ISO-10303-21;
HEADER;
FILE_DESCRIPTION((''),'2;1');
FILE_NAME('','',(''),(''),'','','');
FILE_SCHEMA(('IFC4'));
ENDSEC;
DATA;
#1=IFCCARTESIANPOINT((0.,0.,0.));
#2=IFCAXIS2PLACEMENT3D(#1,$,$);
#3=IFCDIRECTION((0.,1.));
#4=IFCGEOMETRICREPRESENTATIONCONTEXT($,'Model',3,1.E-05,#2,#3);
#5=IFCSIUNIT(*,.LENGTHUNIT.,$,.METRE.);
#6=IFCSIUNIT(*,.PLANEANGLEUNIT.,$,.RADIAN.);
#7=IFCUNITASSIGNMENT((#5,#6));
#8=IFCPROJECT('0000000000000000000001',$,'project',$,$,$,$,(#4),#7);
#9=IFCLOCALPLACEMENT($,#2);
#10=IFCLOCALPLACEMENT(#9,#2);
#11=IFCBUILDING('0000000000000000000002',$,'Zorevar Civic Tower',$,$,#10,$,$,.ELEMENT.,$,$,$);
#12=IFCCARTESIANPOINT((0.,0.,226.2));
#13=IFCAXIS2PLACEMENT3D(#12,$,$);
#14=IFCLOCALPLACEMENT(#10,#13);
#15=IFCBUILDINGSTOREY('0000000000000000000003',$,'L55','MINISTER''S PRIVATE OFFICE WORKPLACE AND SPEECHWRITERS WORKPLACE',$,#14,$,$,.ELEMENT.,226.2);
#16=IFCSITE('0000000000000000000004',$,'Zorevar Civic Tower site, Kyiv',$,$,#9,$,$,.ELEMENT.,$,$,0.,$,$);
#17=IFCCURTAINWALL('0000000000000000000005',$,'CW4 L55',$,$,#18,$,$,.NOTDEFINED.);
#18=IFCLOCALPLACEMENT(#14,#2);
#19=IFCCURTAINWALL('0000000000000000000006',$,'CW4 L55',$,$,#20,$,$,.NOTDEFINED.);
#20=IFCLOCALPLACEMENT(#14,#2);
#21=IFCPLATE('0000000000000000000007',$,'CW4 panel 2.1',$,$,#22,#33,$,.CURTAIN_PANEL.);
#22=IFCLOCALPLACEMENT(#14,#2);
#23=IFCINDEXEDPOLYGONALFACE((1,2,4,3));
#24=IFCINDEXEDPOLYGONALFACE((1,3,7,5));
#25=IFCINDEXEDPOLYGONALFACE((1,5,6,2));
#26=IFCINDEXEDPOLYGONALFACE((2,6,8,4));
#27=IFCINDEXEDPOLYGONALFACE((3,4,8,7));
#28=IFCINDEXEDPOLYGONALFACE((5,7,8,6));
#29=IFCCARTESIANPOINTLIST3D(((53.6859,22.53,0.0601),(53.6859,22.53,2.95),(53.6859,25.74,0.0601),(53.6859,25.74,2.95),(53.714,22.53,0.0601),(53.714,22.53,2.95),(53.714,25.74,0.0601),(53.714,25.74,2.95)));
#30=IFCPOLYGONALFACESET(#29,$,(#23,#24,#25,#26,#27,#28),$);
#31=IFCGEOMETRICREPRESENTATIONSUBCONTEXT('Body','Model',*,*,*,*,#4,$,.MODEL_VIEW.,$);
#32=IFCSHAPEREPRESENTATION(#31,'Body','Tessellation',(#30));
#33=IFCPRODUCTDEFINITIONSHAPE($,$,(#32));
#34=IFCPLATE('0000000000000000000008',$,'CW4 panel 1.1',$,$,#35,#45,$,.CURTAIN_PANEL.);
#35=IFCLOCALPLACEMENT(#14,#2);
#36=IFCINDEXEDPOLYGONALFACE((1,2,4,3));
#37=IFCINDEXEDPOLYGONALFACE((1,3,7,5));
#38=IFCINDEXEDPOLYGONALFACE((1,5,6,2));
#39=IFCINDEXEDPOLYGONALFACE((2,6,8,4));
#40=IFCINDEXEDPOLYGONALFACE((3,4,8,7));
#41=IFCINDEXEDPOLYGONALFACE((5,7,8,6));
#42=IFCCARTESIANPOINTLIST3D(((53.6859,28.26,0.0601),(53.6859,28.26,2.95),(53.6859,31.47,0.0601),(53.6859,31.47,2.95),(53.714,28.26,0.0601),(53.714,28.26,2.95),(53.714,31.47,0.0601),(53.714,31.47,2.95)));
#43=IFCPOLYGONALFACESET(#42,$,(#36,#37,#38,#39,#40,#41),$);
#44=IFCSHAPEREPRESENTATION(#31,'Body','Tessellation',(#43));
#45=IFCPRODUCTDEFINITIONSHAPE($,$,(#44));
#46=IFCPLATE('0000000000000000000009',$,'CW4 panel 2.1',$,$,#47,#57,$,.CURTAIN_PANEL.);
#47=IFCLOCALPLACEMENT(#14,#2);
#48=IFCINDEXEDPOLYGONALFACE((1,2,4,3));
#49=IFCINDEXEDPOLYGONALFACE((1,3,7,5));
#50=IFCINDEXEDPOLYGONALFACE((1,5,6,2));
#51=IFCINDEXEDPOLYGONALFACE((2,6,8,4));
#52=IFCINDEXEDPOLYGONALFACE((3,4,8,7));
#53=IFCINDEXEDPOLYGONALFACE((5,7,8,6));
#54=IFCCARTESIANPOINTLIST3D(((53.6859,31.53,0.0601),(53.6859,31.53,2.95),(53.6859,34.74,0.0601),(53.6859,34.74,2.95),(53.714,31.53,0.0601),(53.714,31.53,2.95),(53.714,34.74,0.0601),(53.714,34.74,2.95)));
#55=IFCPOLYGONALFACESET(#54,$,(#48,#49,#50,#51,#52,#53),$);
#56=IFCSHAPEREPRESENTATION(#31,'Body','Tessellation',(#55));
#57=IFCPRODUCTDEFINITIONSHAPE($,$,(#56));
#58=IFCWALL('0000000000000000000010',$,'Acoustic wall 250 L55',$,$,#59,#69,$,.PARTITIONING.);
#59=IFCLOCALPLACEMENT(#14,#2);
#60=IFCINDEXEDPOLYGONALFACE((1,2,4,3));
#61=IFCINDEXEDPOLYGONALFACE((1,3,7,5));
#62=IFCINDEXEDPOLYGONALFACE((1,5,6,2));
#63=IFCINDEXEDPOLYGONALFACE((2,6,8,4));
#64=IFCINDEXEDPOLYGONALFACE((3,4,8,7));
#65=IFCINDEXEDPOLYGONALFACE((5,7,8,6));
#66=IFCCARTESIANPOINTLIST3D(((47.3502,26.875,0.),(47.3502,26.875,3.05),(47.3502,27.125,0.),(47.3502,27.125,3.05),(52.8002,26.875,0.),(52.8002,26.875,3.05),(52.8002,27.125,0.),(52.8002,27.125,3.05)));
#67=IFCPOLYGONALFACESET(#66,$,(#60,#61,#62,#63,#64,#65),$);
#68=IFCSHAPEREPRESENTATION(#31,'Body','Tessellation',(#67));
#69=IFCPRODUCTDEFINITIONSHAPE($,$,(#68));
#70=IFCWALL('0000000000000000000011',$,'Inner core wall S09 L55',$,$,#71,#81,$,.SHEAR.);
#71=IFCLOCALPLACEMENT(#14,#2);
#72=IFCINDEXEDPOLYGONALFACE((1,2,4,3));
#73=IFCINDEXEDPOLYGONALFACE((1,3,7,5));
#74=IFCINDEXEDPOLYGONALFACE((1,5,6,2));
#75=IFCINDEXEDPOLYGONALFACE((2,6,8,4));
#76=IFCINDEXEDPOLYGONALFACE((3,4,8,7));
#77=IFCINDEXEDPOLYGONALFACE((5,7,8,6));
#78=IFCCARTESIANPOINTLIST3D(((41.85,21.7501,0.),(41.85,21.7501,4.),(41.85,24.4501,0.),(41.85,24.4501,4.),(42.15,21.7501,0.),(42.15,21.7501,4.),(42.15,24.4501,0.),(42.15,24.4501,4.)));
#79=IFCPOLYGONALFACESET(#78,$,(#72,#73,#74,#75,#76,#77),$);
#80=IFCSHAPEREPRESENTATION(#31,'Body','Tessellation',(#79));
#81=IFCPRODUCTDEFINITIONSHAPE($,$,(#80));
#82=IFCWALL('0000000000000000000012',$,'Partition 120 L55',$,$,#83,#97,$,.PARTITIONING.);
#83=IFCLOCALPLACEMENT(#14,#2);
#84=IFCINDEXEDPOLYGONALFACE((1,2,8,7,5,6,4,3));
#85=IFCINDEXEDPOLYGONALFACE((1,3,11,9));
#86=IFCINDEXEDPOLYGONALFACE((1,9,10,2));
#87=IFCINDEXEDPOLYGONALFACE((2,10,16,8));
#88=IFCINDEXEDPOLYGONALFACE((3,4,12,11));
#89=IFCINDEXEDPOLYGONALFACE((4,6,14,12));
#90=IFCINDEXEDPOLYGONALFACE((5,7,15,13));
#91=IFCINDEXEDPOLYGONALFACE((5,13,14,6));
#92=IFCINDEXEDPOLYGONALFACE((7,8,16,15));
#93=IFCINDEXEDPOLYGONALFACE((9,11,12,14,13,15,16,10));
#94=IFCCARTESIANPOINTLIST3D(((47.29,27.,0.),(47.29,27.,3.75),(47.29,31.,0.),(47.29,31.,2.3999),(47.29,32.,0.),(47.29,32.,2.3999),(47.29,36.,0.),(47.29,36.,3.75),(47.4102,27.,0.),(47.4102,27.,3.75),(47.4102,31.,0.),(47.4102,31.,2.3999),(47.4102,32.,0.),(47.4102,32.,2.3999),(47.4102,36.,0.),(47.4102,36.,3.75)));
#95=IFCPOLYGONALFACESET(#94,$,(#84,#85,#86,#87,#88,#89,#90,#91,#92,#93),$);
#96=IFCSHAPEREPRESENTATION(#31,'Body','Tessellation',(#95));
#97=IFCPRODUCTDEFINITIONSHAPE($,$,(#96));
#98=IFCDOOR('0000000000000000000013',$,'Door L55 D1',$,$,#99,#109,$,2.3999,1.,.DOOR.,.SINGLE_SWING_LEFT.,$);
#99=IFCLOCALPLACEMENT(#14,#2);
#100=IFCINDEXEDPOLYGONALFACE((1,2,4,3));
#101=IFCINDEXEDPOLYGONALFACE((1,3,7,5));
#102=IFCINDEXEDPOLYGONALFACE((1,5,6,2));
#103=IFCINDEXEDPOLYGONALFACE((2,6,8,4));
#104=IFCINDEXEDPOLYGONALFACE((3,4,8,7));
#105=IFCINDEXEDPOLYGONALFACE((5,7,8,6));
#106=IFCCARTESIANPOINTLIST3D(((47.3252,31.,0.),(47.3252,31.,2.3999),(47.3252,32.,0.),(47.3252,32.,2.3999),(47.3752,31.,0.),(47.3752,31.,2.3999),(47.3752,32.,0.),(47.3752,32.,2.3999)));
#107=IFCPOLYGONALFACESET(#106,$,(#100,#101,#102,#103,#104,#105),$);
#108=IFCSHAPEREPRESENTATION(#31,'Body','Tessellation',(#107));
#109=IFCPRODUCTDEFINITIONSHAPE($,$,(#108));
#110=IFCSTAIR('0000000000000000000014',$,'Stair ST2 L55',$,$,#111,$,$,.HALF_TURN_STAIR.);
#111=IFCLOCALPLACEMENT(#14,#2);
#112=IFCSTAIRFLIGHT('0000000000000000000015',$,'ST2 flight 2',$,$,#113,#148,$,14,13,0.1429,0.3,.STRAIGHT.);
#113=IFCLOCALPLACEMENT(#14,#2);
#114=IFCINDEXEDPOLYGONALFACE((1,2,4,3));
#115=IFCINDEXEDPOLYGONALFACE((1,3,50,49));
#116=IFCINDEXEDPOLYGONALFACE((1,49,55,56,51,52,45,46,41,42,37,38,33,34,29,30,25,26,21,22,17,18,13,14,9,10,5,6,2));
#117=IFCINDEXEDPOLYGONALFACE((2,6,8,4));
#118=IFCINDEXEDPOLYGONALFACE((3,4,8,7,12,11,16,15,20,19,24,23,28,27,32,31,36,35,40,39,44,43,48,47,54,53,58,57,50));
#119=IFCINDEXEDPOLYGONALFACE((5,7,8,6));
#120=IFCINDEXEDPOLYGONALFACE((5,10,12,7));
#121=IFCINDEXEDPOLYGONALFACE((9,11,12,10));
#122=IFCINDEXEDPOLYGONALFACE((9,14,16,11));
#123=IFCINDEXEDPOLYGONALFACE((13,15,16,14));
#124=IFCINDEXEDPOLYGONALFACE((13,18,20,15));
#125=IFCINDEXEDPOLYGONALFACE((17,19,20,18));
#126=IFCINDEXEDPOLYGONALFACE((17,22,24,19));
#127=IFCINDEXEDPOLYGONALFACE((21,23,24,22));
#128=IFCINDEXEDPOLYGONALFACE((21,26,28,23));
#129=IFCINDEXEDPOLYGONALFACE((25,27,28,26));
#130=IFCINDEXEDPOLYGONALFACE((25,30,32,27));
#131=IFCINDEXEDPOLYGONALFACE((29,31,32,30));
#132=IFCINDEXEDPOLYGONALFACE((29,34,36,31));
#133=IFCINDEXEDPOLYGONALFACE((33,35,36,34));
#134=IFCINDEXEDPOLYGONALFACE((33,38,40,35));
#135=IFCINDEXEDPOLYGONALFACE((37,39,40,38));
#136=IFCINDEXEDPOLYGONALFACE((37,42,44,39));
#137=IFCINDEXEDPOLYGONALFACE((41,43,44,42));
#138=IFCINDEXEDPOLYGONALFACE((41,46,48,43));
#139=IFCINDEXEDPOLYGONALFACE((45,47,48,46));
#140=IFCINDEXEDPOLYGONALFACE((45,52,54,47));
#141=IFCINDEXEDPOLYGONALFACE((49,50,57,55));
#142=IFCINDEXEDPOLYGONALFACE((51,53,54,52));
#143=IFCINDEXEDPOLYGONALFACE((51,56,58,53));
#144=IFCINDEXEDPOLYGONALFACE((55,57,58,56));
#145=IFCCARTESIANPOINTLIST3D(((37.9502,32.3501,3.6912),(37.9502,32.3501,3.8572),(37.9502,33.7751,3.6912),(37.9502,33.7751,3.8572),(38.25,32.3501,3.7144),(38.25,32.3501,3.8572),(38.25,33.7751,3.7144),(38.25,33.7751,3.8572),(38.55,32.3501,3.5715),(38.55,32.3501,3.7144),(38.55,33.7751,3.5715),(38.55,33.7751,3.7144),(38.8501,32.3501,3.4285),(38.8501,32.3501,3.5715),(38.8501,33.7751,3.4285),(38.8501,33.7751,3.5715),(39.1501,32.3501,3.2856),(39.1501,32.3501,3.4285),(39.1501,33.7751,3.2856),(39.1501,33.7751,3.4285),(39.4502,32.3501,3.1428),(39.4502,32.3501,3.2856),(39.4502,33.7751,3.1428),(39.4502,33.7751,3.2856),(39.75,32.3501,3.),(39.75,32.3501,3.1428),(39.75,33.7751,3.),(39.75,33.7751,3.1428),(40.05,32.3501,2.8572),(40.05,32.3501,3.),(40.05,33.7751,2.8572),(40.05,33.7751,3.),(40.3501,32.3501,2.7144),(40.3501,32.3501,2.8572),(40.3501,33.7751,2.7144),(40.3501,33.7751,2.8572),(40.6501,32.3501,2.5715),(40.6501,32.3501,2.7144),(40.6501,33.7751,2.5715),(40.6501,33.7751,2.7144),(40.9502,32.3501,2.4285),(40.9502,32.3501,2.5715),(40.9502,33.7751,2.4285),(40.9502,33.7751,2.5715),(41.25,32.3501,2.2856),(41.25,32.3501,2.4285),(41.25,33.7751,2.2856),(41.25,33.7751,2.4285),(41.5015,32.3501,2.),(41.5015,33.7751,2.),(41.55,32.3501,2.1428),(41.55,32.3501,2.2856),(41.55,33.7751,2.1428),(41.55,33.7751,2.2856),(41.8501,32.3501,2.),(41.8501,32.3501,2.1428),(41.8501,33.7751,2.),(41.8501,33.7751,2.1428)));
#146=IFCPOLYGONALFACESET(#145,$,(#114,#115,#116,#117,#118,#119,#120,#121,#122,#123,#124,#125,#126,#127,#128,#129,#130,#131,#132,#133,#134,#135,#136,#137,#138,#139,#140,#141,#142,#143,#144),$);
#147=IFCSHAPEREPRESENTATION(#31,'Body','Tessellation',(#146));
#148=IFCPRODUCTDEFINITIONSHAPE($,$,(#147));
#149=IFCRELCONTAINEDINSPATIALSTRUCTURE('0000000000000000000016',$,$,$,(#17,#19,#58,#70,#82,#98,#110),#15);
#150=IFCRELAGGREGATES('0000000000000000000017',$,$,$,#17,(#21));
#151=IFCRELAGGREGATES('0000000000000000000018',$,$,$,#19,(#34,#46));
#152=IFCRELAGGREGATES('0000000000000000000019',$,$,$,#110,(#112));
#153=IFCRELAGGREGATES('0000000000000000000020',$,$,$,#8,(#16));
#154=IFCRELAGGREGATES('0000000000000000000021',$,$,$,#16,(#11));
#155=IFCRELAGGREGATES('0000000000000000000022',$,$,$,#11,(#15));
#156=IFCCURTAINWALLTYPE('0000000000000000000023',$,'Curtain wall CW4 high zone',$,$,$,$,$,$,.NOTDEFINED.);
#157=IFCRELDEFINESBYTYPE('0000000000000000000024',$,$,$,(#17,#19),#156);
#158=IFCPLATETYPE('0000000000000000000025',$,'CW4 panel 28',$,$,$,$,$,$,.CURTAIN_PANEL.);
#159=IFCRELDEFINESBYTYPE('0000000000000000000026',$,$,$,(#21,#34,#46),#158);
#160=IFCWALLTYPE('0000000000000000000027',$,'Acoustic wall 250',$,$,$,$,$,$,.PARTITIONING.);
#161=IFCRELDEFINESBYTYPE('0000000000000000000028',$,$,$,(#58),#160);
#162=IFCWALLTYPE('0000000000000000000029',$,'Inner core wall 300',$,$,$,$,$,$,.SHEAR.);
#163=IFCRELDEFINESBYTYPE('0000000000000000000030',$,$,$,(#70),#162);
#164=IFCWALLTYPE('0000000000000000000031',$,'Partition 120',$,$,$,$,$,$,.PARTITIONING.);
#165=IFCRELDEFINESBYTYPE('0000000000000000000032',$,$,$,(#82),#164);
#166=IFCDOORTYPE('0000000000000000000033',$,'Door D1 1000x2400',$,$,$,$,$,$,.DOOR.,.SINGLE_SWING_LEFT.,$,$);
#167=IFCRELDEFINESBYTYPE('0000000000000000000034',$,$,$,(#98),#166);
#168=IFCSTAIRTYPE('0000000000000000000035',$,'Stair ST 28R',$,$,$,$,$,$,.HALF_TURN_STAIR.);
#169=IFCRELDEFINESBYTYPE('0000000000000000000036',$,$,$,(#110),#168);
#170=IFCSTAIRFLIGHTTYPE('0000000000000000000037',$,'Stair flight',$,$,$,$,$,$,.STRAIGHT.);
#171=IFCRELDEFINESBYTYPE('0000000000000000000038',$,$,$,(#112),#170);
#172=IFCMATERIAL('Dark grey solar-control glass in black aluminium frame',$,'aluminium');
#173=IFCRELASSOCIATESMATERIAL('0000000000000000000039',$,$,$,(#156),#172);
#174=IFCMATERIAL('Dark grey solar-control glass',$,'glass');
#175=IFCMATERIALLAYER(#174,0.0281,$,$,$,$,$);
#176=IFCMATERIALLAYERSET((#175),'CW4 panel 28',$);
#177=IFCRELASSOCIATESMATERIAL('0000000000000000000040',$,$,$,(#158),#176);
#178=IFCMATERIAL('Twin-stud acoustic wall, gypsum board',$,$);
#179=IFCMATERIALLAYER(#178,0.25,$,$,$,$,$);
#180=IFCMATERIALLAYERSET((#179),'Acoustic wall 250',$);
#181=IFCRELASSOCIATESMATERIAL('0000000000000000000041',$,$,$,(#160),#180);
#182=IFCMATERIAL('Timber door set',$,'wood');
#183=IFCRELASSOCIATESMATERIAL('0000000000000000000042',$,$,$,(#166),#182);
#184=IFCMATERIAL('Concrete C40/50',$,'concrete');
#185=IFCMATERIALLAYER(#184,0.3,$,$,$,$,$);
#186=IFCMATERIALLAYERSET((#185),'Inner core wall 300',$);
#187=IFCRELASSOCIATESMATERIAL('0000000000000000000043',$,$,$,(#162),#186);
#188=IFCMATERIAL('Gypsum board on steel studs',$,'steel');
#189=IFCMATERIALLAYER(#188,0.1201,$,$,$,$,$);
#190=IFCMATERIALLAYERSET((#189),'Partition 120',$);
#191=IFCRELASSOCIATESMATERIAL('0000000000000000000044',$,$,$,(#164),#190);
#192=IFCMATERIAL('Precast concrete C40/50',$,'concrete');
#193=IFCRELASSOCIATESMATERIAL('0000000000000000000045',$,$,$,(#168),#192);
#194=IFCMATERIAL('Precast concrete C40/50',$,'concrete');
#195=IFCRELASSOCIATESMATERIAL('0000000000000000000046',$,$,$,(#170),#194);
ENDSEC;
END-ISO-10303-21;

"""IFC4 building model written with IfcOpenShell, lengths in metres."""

from ifc_helpers import new_model, si_unit, direction, frame, frame_2d, origin, origin_2d, place, context, subcontext, project, spatial, polyline, rectangle, outline, extrude, material, layer, layer_set, type_object, element, fill, aggregate, save


model = new_model("IFC4")

# Units and contexts
model_context = context("Model", 3, precision=1e-05, world=origin(), true_north=direction((0.0, 1.0)))
body_context = subcontext(model_context, "Body", "Model", "MODEL_VIEW")
ifc_project = project(units=[si_unit("LENGTHUNIT", "METRE"), si_unit("PLANEANGLEUNIT", "RADIAN")], contexts=[model_context])

# Site, building, storey
site_placement = place(None, origin())
site = spatial("IfcSite", under=ifc_project, at=site_placement, Name="Zorevar Civic Tower site, Kyiv", CompositionType="ELEMENT", RefElevation=0.0)
building_placement = place(site_placement, origin())
building = spatial("IfcBuilding", under=site, at=building_placement, Name="Zorevar Civic Tower", CompositionType="ELEMENT")
storey_placement = place(building_placement, frame((0.0, 0.0, 226.2)))
storey = spatial("IfcBuildingStorey", under=building, at=storey_placement, Name="L55", Description="MINISTER'S PRIVATE OFFICE WORKPLACE AND SPEECHWRITERS WORKPLACE", CompositionType="ELEMENT", Elevation=226.2)

# Curtain walls
ifc_material_1 = material(Name="Dark grey solar-control glass in black aluminium frame", Category="aluminium")
curtain_wall_type = type_object("IfcCurtainWallType", Name="Curtain wall CW4 high zone", PredefinedType="NOTDEFINED", material=ifc_material_1)
curtain_wall_1_placement = place(storey_placement, origin())
curtain_wall_1 = element("IfcCurtainWall", 1, at=curtain_wall_1_placement, inside=storey, type_object=curtain_wall_type, Name="CW4 L55", PredefinedType="NOTDEFINED")
curtain_wall_2_placement = place(storey_placement, origin())
curtain_wall_2 = element("IfcCurtainWall", 2, at=curtain_wall_2_placement, inside=storey, type_object=curtain_wall_type, Name="CW4 L55", PredefinedType="NOTDEFINED")

# Plates
ifc_material_2 = material(Name="Dark grey solar-control glass", Category="glass")
ifc_layer_1 = layer(ifc_material_2, 0.0281)
ifc_layer_set_1 = layer_set([ifc_layer_1], Name="CW4 panel 28")
plate_type = type_object("IfcPlateType", Name="CW4 panel 28", PredefinedType="CURTAIN_PANEL", material=ifc_layer_set_1)
plate_1_placement = place(storey_placement, frame((53.7, 24.135, 0.0601), z_axis=(0.0, 0.0, 1.0), x_axis=(0.0, 1.0, 0.0)))
plate_1 = element("IfcPlate", 3, at=plate_1_placement, type_object=plate_type, Name="CW4 panel 2.1", PredefinedType="CURTAIN_PANEL", context=body_context, shape_type="SweptSolid", body=[
    extrude(rectangle(XDim=3.21, YDim=0.0281, at=origin_2d()), origin(), (0.0, 0.0, 1.0), 2.8899),
])
aggregate(curtain_wall_1, [plate_1])
plate_2_placement = place(storey_placement, frame((53.7, 29.865, 0.0601), z_axis=(0.0, 0.0, 1.0), x_axis=(0.0, 1.0, 0.0)))
plate_2 = element("IfcPlate", 4, at=plate_2_placement, type_object=plate_type, Name="CW4 panel 1.1", PredefinedType="CURTAIN_PANEL", context=body_context, shape_type="SweptSolid", body=[
    extrude(rectangle(XDim=3.21, YDim=0.0281, at=origin_2d()), origin(), (0.0, 0.0, 1.0), 2.8899),
])
plate_3_placement = place(storey_placement, frame((53.7, 33.135, 0.0601), z_axis=(0.0, 0.0, 1.0), x_axis=(0.0, 1.0, 0.0)))
plate_3 = element("IfcPlate", 5, at=plate_3_placement, type_object=plate_type, Name="CW4 panel 2.1", PredefinedType="CURTAIN_PANEL", context=body_context, shape_type="SweptSolid", body=[
    extrude(rectangle(XDim=3.21, YDim=0.0281, at=origin_2d()), origin(), (0.0, 0.0, 1.0), 2.8899),
])
aggregate(curtain_wall_2, [plate_2, plate_3])

# Wall
ifc_material_3 = material(Name="Twin-stud acoustic wall, gypsum board")
ifc_layer_2 = layer(ifc_material_3, 0.25)
ifc_layer_set_2 = layer_set([ifc_layer_2], Name="Acoustic wall 250")
wall_type_1 = type_object("IfcWallType", Name="Acoustic wall 250", PredefinedType="PARTITIONING", material=ifc_layer_set_2)
wall_1_placement = place(storey_placement, frame((47.3501, 27.0, 0.0), z_axis=(0.0, 0.0, 1.0), x_axis=(1.0, 0.0, 0.0)))
element("IfcWall", 6, at=wall_1_placement, inside=storey, type_object=wall_type_1, Name="Acoustic wall 250 L55", PredefinedType="PARTITIONING", context=body_context, shape_type="SweptSolid", body=[
    extrude(rectangle(XDim=5.45, YDim=0.25, at=frame_2d((2.7251, 0.0))), origin(), (0.0, 0.0, 1.0), 3.05),
])

# Shared definitions
ifc_material_4 = material(Name="Timber door set", Category="wood")
door_type_1 = type_object("IfcDoorType", Name="Door D1 1000x2400", OperationType="SINGLE_SWING_LEFT", PredefinedType="DOOR", material=ifc_material_4)

# Shared definitions
ifc_material_5 = material(Name="Concrete C40/50", Category="concrete")
ifc_layer_3 = layer(ifc_material_5, 0.3)
ifc_layer_set_3 = layer_set([ifc_layer_3], Name="Inner core wall 300")
wall_type_2 = type_object("IfcWallType", Name="Inner core wall 300", PredefinedType="SHEAR", material=ifc_layer_set_3)

# Wall
wall_2_placement = place(storey_placement, frame((42.0, 21.75, 0.0), z_axis=(0.0, 0.0, 1.0), x_axis=(0.0, 1.0, 0.0)))
element("IfcWall", 7, at=wall_2_placement, inside=storey, type_object=wall_type_2, Name="Inner core wall S09 L55", PredefinedType="SHEAR", context=body_context, shape_type="SweptSolid", body=[
    extrude(rectangle(XDim=2.7, YDim=0.3, at=frame_2d((1.3501, 0.0))), origin(), (0.0, 0.0, 1.0), 4.0),
])

# Wall, opening, door
ifc_material_6 = material(Name="Gypsum board on steel studs", Category="steel")
ifc_layer_4 = layer(ifc_material_6, 0.1201)
ifc_layer_set_4 = layer_set([ifc_layer_4], Name="Partition 120")
wall_type_3 = type_object("IfcWallType", Name="Partition 120", PredefinedType="PARTITIONING", material=ifc_layer_set_4)
wall_3_placement = place(storey_placement, frame((47.3501, 27.0, 0.0), z_axis=(0.0, 0.0, 1.0), x_axis=(0.0, 1.0, 0.0)))
wall_3 = element("IfcWall", 8, at=wall_3_placement, inside=storey, type_object=wall_type_3, Name="Partition 120 L55", PredefinedType="PARTITIONING", context=body_context, shape_type="SweptSolid", body=[
    extrude(rectangle(XDim=9.0, YDim=0.1201, at=frame_2d((4.5, 0.0))), origin(), (0.0, 0.0, 1.0), 3.75),
])
opening_1_placement = place(wall_3_placement, frame((4.0, 0.0, 0.0)))
opening_1 = element("IfcOpeningElement", 9, at=opening_1_placement, cuts=wall_3, PredefinedType="OPENING", context=body_context, shape_type="SweptSolid", body=[
    extrude(rectangle(XDim=1.0, YDim=2.3999, at=frame_2d((0.5, 1.2))), frame((0.0, 0.0701, 0.0), z_axis=(0.0, -1.0, 0.0), x_axis=(1.0, 0.0, 0.0)), (0.0, 0.0, 1.0), 0.1401),
])
door_1_placement = place(opening_1_placement, origin())
door_1 = element("IfcDoor", 10, at=door_1_placement, inside=storey, type_object=door_type_1, Name="Door L55 D1", OperationType="SINGLE_SWING_LEFT", OverallHeight=2.3999, OverallWidth=1.0, PredefinedType="DOOR", context=body_context, shape_type="SweptSolid", body=[
    extrude(rectangle(XDim=1.0, YDim=2.3999, at=frame_2d((0.5, 1.2))), frame((0.0, 0.0249, 0.0), z_axis=(0.0, -1.0, 0.0), x_axis=(1.0, 0.0, 0.0)), (0.0, 0.0, 1.0), 0.05),
])
fill(opening_1, door_1)

# Stair, stair flight
ifc_material_7 = material(Name="Precast concrete C40/50", Category="concrete")
stair_type = type_object("IfcStairType", Name="Stair ST 28R", PredefinedType="HALF_TURN_STAIR", material=ifc_material_7)
stair_placement = place(storey_placement, origin())
stair = element("IfcStair", 11, at=stair_placement, inside=storey, type_object=stair_type, Name="Stair ST2 L55", PredefinedType="HALF_TURN_STAIR")
ifc_material_8 = material(Name="Precast concrete C40/50", Category="concrete")
stair_flight_type = type_object("IfcStairFlightType", Name="Stair flight", PredefinedType="STRAIGHT", material=ifc_material_8)
stair_flight_placement = place(storey_placement, frame((41.8501, 33.0625, 2.0), z_axis=(0.0, 0.0, 1.0), x_axis=(-1.0, 0.0, 0.0)))
stair_flight = element("IfcStairFlight", 12, at=stair_flight_placement, type_object=stair_flight_type, Name="ST2 flight 2", NumberOfRisers=14, NumberOfTreads=13, PredefinedType="STRAIGHT", RiserHeight=0.1429, TreadLength=0.3, context=body_context, shape_type="SweptSolid", body=[
    extrude(outline(polyline([(0.0, 0.0), (0.0, 0.1428), (0.3, 0.1428), (0.3, 0.2856), (0.6001, 0.2856), (0.6001, 0.4285), (0.8999, 0.4285), (0.8999, 0.5715), (1.2, 0.5715), (1.2, 0.7144), (1.5, 0.7144), (1.5, 0.8572), (1.8, 0.8572), (1.8, 1.0), (2.1001, 1.0), (2.1001, 1.1428), (2.3999, 1.1428), (2.3999, 1.2856), (2.7, 1.2856), (2.7, 1.4285), (3.0, 1.4285), (3.0, 1.5715), (3.3, 1.5715), (3.3, 1.7144), (3.6001, 1.7144), (3.6001, 1.8572), (3.8999, 1.8572), (3.8999, 2.0), (3.8999, 1.6912), (0.3486, 0.0), (0.0, 0.0)])), frame((0.0, 0.7124, 0.0), z_axis=(0.0, -1.0, 0.0), x_axis=(1.0, 0.0, 0.0)), (0.0, 0.0, 1.0), 1.425),
])
aggregate(stair, [stair_flight])

save(model, "model.ifc")
